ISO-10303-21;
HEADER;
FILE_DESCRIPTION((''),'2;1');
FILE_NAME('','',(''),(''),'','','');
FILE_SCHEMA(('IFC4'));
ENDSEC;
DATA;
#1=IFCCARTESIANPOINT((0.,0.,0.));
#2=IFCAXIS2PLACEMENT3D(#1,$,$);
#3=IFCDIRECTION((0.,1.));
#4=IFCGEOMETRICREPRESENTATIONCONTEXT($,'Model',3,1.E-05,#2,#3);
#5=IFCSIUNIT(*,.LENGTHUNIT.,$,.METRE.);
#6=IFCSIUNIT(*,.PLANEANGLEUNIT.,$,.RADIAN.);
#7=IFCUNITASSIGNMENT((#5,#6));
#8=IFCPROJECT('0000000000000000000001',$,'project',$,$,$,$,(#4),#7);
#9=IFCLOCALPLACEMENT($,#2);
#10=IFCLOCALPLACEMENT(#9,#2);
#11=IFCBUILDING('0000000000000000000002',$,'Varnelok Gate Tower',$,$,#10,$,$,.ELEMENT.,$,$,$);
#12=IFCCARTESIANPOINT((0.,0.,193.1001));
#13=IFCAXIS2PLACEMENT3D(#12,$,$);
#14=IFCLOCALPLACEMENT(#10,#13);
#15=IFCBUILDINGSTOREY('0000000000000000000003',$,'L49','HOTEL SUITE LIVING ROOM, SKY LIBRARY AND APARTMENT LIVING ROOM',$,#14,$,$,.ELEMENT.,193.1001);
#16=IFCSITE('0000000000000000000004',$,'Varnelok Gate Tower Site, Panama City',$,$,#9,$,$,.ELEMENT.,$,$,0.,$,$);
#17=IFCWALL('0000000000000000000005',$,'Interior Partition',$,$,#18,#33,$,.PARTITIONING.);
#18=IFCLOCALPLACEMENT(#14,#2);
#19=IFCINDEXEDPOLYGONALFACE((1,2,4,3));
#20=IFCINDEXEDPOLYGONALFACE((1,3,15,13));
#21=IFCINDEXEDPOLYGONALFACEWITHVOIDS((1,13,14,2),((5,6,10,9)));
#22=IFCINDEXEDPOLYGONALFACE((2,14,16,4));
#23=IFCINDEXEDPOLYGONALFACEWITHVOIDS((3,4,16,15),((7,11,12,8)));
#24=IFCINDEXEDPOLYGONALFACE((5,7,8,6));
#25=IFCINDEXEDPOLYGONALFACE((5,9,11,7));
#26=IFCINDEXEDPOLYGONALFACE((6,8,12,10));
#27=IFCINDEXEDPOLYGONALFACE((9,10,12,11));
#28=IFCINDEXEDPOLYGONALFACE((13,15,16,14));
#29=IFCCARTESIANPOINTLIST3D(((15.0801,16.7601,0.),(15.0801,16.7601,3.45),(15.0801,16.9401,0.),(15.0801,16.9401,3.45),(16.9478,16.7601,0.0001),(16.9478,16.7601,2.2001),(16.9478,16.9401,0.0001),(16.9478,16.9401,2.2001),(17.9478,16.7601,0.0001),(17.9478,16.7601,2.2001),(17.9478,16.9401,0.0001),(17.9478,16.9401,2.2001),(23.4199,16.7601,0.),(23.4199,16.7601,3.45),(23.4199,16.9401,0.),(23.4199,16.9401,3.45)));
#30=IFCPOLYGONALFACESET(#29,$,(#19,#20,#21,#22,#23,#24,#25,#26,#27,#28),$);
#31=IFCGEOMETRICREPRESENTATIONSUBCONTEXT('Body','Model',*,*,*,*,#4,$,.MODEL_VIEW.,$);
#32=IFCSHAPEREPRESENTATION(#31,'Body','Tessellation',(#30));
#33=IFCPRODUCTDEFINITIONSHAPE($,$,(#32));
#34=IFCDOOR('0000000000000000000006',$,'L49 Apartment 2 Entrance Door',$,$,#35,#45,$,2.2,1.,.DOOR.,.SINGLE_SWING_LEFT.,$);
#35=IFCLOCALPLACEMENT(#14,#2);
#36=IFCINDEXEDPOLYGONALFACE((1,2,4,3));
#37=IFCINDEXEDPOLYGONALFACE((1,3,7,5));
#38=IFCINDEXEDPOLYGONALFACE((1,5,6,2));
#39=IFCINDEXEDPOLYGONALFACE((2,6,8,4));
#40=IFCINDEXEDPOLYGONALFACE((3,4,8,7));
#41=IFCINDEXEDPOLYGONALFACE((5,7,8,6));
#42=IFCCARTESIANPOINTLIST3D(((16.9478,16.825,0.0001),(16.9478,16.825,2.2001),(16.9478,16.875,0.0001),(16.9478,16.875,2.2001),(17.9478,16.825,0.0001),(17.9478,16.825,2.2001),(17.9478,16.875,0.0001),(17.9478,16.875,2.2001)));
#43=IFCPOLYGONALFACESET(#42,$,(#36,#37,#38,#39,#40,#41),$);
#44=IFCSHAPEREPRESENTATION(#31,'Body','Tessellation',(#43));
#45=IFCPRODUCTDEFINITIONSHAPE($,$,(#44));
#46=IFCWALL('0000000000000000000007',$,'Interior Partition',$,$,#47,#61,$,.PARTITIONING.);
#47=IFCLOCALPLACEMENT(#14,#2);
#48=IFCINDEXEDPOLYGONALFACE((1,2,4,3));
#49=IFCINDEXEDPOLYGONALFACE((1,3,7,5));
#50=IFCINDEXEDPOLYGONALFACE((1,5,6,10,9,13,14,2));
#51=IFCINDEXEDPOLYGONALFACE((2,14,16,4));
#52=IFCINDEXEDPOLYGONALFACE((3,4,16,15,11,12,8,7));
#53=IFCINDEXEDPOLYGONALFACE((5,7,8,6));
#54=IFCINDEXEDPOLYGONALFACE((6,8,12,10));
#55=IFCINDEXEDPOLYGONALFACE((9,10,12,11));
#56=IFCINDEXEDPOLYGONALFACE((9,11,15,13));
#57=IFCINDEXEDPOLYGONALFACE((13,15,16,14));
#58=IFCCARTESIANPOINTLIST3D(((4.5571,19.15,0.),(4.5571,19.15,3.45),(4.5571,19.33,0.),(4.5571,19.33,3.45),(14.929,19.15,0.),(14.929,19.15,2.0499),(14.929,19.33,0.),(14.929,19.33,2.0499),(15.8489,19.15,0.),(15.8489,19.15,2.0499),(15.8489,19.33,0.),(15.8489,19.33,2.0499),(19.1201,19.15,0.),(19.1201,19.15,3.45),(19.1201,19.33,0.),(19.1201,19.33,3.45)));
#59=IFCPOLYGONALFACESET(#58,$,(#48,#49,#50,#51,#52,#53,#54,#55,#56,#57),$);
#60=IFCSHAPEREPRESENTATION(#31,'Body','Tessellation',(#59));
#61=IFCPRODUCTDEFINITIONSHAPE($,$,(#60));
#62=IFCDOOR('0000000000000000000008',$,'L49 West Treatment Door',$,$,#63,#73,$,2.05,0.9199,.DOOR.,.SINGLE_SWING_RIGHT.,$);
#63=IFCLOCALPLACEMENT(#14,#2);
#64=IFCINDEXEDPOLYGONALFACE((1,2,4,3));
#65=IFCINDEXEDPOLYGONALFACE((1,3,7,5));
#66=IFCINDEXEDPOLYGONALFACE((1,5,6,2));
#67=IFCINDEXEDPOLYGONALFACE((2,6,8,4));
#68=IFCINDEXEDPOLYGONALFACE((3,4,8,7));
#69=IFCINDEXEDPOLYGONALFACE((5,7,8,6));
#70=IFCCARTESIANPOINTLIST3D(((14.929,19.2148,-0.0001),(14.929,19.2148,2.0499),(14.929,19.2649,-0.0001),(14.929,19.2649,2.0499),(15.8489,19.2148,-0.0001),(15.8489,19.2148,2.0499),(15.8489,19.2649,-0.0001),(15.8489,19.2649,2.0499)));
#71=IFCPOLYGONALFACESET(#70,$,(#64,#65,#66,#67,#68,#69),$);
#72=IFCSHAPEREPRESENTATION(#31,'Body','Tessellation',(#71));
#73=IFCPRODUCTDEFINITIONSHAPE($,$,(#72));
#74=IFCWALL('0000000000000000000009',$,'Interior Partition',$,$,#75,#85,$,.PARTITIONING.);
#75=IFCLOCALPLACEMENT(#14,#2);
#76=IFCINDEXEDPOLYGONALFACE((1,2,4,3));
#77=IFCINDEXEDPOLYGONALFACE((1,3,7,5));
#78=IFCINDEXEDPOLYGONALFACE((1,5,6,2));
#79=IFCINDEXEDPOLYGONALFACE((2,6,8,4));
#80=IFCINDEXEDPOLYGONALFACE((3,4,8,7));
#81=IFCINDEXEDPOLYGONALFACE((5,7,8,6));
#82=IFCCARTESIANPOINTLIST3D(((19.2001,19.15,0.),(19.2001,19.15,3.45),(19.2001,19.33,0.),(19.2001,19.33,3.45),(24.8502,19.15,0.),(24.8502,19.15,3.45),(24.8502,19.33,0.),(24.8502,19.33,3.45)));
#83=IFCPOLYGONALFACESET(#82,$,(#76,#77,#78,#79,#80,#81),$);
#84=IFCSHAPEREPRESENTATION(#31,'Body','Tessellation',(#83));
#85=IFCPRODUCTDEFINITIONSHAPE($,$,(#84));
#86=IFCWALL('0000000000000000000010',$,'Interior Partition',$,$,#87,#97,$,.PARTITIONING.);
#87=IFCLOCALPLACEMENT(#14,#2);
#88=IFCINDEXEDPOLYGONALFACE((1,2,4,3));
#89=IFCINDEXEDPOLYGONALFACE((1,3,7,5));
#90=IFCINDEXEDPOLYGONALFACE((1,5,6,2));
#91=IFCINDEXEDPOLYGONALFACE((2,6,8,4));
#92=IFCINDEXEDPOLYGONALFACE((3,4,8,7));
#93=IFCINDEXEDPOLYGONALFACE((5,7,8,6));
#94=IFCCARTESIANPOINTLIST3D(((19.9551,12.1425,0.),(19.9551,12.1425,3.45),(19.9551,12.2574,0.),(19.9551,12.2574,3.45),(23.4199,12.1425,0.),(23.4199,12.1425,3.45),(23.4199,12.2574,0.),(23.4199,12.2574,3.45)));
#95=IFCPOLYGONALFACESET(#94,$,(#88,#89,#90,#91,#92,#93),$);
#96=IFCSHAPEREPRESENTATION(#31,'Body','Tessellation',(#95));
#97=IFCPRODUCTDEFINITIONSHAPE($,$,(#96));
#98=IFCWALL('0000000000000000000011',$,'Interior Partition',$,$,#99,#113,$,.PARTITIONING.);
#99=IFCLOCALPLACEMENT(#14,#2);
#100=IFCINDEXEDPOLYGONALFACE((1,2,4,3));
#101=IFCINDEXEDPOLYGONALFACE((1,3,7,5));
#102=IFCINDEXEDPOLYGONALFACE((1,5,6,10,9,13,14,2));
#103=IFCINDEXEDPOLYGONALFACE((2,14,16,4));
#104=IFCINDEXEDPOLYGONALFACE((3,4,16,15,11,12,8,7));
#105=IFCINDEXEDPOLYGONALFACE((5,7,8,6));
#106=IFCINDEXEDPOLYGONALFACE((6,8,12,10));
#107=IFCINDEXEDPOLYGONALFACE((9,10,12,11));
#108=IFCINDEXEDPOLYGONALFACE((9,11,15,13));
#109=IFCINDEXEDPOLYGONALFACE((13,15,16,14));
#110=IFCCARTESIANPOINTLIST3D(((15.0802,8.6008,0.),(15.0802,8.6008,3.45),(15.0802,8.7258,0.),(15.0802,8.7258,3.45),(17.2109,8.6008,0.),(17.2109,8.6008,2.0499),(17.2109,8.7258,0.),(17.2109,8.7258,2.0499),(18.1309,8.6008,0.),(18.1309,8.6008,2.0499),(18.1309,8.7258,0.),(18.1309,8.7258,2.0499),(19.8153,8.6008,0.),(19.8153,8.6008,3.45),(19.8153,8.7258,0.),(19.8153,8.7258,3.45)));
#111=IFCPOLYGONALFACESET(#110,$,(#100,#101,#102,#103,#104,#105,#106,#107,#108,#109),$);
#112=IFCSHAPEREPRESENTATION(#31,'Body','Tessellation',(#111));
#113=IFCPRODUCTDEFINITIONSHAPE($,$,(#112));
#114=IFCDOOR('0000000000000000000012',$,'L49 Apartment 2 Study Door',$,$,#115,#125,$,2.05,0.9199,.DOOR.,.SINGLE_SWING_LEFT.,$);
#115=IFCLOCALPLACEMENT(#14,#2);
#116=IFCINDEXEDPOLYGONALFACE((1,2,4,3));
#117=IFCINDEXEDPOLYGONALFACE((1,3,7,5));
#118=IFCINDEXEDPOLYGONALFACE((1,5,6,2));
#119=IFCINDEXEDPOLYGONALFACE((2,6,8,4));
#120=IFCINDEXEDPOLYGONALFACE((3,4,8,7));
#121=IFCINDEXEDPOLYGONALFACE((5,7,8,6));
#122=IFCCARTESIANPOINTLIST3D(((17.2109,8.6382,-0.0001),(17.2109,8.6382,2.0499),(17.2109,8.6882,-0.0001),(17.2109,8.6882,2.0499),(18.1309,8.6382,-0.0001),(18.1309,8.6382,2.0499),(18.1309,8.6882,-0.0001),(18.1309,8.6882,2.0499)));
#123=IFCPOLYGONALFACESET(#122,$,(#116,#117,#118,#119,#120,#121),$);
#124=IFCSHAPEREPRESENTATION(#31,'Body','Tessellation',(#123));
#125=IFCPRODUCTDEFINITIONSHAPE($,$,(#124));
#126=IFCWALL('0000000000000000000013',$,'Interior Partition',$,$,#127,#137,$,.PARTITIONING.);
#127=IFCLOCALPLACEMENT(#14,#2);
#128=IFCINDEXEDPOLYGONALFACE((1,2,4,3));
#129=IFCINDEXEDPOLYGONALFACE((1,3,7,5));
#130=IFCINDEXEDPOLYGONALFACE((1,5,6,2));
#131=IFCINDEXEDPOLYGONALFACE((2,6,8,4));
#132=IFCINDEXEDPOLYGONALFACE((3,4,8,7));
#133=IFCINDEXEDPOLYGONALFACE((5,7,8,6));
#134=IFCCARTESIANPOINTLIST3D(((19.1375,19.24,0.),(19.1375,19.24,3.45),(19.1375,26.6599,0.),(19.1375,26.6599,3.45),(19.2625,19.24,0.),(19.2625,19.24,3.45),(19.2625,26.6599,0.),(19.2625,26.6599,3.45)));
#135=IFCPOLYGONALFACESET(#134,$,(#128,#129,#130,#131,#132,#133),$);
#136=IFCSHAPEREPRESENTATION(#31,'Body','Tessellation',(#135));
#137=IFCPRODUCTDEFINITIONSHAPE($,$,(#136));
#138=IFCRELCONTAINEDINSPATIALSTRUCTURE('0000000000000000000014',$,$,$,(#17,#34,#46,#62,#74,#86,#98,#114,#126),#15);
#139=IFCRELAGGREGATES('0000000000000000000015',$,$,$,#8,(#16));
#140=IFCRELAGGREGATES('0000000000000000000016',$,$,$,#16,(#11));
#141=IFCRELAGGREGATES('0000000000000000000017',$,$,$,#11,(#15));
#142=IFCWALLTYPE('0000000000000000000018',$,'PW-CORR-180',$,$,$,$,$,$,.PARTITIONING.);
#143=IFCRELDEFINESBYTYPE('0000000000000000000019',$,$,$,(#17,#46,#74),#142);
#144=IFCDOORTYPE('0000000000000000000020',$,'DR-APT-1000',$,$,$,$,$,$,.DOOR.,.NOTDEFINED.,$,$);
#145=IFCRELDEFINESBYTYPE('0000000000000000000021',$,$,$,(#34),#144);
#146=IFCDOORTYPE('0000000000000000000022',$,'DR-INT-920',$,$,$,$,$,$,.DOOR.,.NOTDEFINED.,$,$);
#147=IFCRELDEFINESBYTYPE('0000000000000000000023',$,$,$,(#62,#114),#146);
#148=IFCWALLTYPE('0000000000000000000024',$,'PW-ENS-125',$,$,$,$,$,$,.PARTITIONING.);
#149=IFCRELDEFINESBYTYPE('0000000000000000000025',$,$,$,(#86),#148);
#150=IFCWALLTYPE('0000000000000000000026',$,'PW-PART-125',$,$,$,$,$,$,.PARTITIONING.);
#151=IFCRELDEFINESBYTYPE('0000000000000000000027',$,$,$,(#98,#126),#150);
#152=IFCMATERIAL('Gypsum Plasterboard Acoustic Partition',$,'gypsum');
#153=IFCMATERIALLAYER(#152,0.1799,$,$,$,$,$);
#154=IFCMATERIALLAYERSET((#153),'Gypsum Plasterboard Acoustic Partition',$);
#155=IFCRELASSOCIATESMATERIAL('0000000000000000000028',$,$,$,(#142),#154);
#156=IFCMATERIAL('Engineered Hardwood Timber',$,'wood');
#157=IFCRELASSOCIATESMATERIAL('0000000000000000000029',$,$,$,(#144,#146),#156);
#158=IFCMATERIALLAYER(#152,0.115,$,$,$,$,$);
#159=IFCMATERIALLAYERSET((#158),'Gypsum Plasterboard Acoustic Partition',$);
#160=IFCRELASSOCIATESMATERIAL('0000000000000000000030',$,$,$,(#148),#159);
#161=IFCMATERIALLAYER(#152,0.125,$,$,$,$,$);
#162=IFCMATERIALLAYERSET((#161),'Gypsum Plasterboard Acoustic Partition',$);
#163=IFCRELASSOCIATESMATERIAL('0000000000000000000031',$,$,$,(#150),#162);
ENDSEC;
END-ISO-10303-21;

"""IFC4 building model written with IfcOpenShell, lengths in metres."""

from ifc_helpers import new_model, si_unit, direction, frame, frame_2d, origin, place, context, subcontext, project, spatial, rectangle, extrude, material, layer, layer_set, type_object, element, fill, save


model = new_model("IFC4")

# Units and contexts
model_context = context("Model", 3, precision=1e-05, world=origin(), true_north=direction((0.0, 1.0)))
body_context = subcontext(model_context, "Body", "Model", "MODEL_VIEW")
ifc_project = project(units=[si_unit("LENGTHUNIT", "METRE"), si_unit("PLANEANGLEUNIT", "RADIAN")], contexts=[model_context])

# Site, building, storey
site_placement = place(None, origin())
site = spatial("IfcSite", under=ifc_project, at=site_placement, Name="Varnelok Gate Tower Site, Panama City", CompositionType="ELEMENT", RefElevation=0.0)
building_placement = place(site_placement, origin())
building = spatial("IfcBuilding", under=site, at=building_placement, Name="Varnelok Gate Tower", CompositionType="ELEMENT")
storey_placement = place(building_placement, frame((0.0, 0.0, 193.1001)))
storey = spatial("IfcBuildingStorey", under=building, at=storey_placement, Name="L49", Description="HOTEL SUITE LIVING ROOM, SKY LIBRARY AND APARTMENT LIVING ROOM", CompositionType="ELEMENT", Elevation=193.1001)

# Walls, openings, doors
ifc_material_1 = material(Name="Gypsum Plasterboard Acoustic Partition", Category="gypsum")
ifc_layer_1 = layer(ifc_material_1, 0.1799)
ifc_layer_set_1 = layer_set([ifc_layer_1], Name="Gypsum Plasterboard Acoustic Partition")
wall_type_1 = type_object("IfcWallType", Name="PW-CORR-180", PredefinedType="PARTITIONING", material=ifc_layer_set_1)
ifc_material_2 = material(Name="Engineered Hardwood Timber", Category="wood")
wall_1_placement = place(storey_placement, frame((15.0801, 16.8501, 0.0), z_axis=(0.0, 0.0, 1.0), x_axis=(1.0, 0.0, 0.0)))
wall_1 = element("IfcWall", 1, at=wall_1_placement, inside=storey, type_object=wall_type_1, Name="Interior Partition", PredefinedType="PARTITIONING", context=body_context, shape_type="SweptSolid", body=[
    extrude(rectangle(XDim=8.3398, YDim=0.1799, at=frame_2d((4.1699, 0.0))), origin(), (0.0, 0.0, 1.0), 3.45),
])
opening_1_placement = place(wall_1_placement, frame((1.8677, 0.0, 0.0)))
opening_1 = element("IfcOpeningElement", 2, at=opening_1_placement, cuts=wall_1, PredefinedType="OPENING", context=body_context, shape_type="SweptSolid", body=[
    extrude(rectangle(XDim=1.0, YDim=2.2, at=frame_2d((0.5, 1.1001))), frame((0.0, 0.0999, 0.0), z_axis=(0.0, -1.0, 0.0), x_axis=(1.0, 0.0, 0.0)), (0.0, 0.0, 1.0), 0.2),
])
door_type_1 = type_object("IfcDoorType", Name="DR-APT-1000", OperationType="NOTDEFINED", PredefinedType="DOOR", material=ifc_material_2)
door_1_placement = place(opening_1_placement, origin())
door_1 = element("IfcDoor", 3, at=door_1_placement, inside=storey, type_object=door_type_1, Name="L49 Apartment 2 Entrance Door", OperationType="SINGLE_SWING_LEFT", OverallHeight=2.2, OverallWidth=1.0, PredefinedType="DOOR", context=body_context, shape_type="SweptSolid", body=[
    extrude(rectangle(XDim=1.0, YDim=2.2, at=frame_2d((0.5, 1.1001))), frame((0.0, 0.0249, 0.0), z_axis=(0.0, -1.0, 0.0), x_axis=(1.0, 0.0, 0.0)), (0.0, 0.0, 1.0), 0.05),
])
fill(opening_1, door_1)
wall_2_placement = place(storey_placement, frame((4.5571, 19.24, 0.0), z_axis=(0.0, 0.0, 1.0), x_axis=(1.0, 0.0, 0.0)))
wall_2 = element("IfcWall", 4, at=wall_2_placement, inside=storey, type_object=wall_type_1, Name="Interior Partition", PredefinedType="PARTITIONING", context=body_context, shape_type="SweptSolid", body=[
    extrude(rectangle(XDim=14.563, YDim=0.1799, at=frame_2d((7.2815, 0.0))), origin(), (0.0, 0.0, 1.0), 3.45),
])
opening_2_placement = place(wall_2_placement, frame((10.3718, 0.0, 0.0)))
opening_2 = element("IfcOpeningElement", 5, at=opening_2_placement, cuts=wall_2, PredefinedType="OPENING", context=body_context, shape_type="SweptSolid", body=[
    extrude(rectangle(XDim=0.9199, YDim=2.05, at=frame_2d((0.46, 1.0249))), frame((0.0, 0.0999, 0.0), z_axis=(0.0, -1.0, 0.0), x_axis=(1.0, 0.0, 0.0)), (0.0, 0.0, 1.0), 0.2),
])
door_type_2 = type_object("IfcDoorType", Name="DR-INT-920", OperationType="NOTDEFINED", PredefinedType="DOOR", material=ifc_material_2)
door_2_placement = place(opening_2_placement, origin())
door_2 = element("IfcDoor", 6, at=door_2_placement, inside=storey, type_object=door_type_2, Name="L49 West Treatment Door", OperationType="SINGLE_SWING_RIGHT", OverallHeight=2.05, OverallWidth=0.9199, PredefinedType="DOOR", context=body_context, shape_type="SweptSolid", body=[
    extrude(rectangle(XDim=0.9199, YDim=2.05, at=frame_2d((0.46, 1.0249))), frame((0.0, 0.0249, 0.0), z_axis=(0.0, -1.0, 0.0), x_axis=(1.0, 0.0, 0.0)), (0.0, 0.0, 1.0), 0.05),
])
fill(opening_2, door_2)

# Walls
wall_3_placement = place(storey_placement, frame((19.2, 19.24, 0.0), z_axis=(0.0, 0.0, 1.0), x_axis=(1.0, 0.0, 0.0)))
element("IfcWall", 7, at=wall_3_placement, inside=storey, type_object=wall_type_1, Name="Interior Partition", PredefinedType="PARTITIONING", context=body_context, shape_type="SweptSolid", body=[
    extrude(rectangle(XDim=5.6501, YDim=0.1799, at=frame_2d((2.8252, 0.0))), origin(), (0.0, 0.0, 1.0), 3.45),
])
ifc_layer_2 = layer(ifc_material_1, 0.115)
ifc_layer_set_2 = layer_set([ifc_layer_2], Name="Gypsum Plasterboard Acoustic Partition")
wall_type_2 = type_object("IfcWallType", Name="PW-ENS-125", PredefinedType="PARTITIONING", material=ifc_layer_set_2)
wall_4_placement = place(storey_placement, frame((19.9551, 12.2, 0.0), z_axis=(0.0, 0.0, 1.0), x_axis=(1.0, 0.0, 0.0)))
element("IfcWall", 8, at=wall_4_placement, inside=storey, type_object=wall_type_2, Name="Interior Partition", PredefinedType="PARTITIONING", context=body_context, shape_type="SweptSolid", body=[
    extrude(rectangle(XDim=3.4648, YDim=0.115, at=frame_2d((1.7324, 0.0))), origin(), (0.0, 0.0, 1.0), 3.45),
])

# Wall, opening, door
ifc_layer_3 = layer(ifc_material_1, 0.125)
ifc_layer_set_3 = layer_set([ifc_layer_3], Name="Gypsum Plasterboard Acoustic Partition")
wall_type_3 = type_object("IfcWallType", Name="PW-PART-125", PredefinedType="PARTITIONING", material=ifc_layer_set_3)
wall_5_placement = place(storey_placement, frame((15.0801, 8.6633, 0.0), z_axis=(0.0, 0.0, 1.0), x_axis=(1.0, 0.0, 0.0)))
wall_5 = element("IfcWall", 9, at=wall_5_placement, inside=storey, type_object=wall_type_3, Name="Interior Partition", PredefinedType="PARTITIONING", context=body_context, shape_type="SweptSolid", body=[
    extrude(rectangle(XDim=4.7351, YDim=0.125, at=frame_2d((2.3677, 0.0))), origin(), (0.0, 0.0, 1.0), 3.45),
])
opening_3_placement = place(wall_5_placement, frame((2.1309, 0.0, 0.0)))
opening_3 = element("IfcOpeningElement", 10, at=opening_3_placement, cuts=wall_5, PredefinedType="OPENING", context=body_context, shape_type="SweptSolid", body=[
    extrude(rectangle(XDim=0.9199, YDim=2.05, at=frame_2d((0.46, 1.0249))), frame((0.0, 0.0725, 0.0), z_axis=(0.0, -1.0, 0.0), x_axis=(1.0, 0.0, 0.0)), (0.0, 0.0, 1.0), 0.145),
])
door_3_placement = place(opening_3_placement, origin())
door_3 = element("IfcDoor", 11, at=door_3_placement, inside=storey, type_object=door_type_2, Name="L49 Apartment 2 Study Door", OperationType="SINGLE_SWING_LEFT", OverallHeight=2.05, OverallWidth=0.9199, PredefinedType="DOOR", context=body_context, shape_type="SweptSolid", body=[
    extrude(rectangle(XDim=0.9199, YDim=2.05, at=frame_2d((0.46, 1.0249))), frame((0.0, 0.0249, 0.0), z_axis=(0.0, -1.0, 0.0), x_axis=(1.0, 0.0, 0.0)), (0.0, 0.0, 1.0), 0.05),
])
fill(opening_3, door_3)

# Wall
wall_6_placement = place(storey_placement, frame((19.2, 19.24, 0.0), z_axis=(0.0, 0.0, 1.0), x_axis=(0.0, 1.0, 0.0)))
element("IfcWall", 12, at=wall_6_placement, inside=storey, type_object=wall_type_3, Name="Interior Partition", PredefinedType="PARTITIONING", context=body_context, shape_type="SweptSolid", body=[
    extrude(rectangle(XDim=7.4199, YDim=0.125, at=frame_2d((3.71, 0.0))), origin(), (0.0, 0.0, 1.0), 3.45),
])

save(model, "model.ifc")
